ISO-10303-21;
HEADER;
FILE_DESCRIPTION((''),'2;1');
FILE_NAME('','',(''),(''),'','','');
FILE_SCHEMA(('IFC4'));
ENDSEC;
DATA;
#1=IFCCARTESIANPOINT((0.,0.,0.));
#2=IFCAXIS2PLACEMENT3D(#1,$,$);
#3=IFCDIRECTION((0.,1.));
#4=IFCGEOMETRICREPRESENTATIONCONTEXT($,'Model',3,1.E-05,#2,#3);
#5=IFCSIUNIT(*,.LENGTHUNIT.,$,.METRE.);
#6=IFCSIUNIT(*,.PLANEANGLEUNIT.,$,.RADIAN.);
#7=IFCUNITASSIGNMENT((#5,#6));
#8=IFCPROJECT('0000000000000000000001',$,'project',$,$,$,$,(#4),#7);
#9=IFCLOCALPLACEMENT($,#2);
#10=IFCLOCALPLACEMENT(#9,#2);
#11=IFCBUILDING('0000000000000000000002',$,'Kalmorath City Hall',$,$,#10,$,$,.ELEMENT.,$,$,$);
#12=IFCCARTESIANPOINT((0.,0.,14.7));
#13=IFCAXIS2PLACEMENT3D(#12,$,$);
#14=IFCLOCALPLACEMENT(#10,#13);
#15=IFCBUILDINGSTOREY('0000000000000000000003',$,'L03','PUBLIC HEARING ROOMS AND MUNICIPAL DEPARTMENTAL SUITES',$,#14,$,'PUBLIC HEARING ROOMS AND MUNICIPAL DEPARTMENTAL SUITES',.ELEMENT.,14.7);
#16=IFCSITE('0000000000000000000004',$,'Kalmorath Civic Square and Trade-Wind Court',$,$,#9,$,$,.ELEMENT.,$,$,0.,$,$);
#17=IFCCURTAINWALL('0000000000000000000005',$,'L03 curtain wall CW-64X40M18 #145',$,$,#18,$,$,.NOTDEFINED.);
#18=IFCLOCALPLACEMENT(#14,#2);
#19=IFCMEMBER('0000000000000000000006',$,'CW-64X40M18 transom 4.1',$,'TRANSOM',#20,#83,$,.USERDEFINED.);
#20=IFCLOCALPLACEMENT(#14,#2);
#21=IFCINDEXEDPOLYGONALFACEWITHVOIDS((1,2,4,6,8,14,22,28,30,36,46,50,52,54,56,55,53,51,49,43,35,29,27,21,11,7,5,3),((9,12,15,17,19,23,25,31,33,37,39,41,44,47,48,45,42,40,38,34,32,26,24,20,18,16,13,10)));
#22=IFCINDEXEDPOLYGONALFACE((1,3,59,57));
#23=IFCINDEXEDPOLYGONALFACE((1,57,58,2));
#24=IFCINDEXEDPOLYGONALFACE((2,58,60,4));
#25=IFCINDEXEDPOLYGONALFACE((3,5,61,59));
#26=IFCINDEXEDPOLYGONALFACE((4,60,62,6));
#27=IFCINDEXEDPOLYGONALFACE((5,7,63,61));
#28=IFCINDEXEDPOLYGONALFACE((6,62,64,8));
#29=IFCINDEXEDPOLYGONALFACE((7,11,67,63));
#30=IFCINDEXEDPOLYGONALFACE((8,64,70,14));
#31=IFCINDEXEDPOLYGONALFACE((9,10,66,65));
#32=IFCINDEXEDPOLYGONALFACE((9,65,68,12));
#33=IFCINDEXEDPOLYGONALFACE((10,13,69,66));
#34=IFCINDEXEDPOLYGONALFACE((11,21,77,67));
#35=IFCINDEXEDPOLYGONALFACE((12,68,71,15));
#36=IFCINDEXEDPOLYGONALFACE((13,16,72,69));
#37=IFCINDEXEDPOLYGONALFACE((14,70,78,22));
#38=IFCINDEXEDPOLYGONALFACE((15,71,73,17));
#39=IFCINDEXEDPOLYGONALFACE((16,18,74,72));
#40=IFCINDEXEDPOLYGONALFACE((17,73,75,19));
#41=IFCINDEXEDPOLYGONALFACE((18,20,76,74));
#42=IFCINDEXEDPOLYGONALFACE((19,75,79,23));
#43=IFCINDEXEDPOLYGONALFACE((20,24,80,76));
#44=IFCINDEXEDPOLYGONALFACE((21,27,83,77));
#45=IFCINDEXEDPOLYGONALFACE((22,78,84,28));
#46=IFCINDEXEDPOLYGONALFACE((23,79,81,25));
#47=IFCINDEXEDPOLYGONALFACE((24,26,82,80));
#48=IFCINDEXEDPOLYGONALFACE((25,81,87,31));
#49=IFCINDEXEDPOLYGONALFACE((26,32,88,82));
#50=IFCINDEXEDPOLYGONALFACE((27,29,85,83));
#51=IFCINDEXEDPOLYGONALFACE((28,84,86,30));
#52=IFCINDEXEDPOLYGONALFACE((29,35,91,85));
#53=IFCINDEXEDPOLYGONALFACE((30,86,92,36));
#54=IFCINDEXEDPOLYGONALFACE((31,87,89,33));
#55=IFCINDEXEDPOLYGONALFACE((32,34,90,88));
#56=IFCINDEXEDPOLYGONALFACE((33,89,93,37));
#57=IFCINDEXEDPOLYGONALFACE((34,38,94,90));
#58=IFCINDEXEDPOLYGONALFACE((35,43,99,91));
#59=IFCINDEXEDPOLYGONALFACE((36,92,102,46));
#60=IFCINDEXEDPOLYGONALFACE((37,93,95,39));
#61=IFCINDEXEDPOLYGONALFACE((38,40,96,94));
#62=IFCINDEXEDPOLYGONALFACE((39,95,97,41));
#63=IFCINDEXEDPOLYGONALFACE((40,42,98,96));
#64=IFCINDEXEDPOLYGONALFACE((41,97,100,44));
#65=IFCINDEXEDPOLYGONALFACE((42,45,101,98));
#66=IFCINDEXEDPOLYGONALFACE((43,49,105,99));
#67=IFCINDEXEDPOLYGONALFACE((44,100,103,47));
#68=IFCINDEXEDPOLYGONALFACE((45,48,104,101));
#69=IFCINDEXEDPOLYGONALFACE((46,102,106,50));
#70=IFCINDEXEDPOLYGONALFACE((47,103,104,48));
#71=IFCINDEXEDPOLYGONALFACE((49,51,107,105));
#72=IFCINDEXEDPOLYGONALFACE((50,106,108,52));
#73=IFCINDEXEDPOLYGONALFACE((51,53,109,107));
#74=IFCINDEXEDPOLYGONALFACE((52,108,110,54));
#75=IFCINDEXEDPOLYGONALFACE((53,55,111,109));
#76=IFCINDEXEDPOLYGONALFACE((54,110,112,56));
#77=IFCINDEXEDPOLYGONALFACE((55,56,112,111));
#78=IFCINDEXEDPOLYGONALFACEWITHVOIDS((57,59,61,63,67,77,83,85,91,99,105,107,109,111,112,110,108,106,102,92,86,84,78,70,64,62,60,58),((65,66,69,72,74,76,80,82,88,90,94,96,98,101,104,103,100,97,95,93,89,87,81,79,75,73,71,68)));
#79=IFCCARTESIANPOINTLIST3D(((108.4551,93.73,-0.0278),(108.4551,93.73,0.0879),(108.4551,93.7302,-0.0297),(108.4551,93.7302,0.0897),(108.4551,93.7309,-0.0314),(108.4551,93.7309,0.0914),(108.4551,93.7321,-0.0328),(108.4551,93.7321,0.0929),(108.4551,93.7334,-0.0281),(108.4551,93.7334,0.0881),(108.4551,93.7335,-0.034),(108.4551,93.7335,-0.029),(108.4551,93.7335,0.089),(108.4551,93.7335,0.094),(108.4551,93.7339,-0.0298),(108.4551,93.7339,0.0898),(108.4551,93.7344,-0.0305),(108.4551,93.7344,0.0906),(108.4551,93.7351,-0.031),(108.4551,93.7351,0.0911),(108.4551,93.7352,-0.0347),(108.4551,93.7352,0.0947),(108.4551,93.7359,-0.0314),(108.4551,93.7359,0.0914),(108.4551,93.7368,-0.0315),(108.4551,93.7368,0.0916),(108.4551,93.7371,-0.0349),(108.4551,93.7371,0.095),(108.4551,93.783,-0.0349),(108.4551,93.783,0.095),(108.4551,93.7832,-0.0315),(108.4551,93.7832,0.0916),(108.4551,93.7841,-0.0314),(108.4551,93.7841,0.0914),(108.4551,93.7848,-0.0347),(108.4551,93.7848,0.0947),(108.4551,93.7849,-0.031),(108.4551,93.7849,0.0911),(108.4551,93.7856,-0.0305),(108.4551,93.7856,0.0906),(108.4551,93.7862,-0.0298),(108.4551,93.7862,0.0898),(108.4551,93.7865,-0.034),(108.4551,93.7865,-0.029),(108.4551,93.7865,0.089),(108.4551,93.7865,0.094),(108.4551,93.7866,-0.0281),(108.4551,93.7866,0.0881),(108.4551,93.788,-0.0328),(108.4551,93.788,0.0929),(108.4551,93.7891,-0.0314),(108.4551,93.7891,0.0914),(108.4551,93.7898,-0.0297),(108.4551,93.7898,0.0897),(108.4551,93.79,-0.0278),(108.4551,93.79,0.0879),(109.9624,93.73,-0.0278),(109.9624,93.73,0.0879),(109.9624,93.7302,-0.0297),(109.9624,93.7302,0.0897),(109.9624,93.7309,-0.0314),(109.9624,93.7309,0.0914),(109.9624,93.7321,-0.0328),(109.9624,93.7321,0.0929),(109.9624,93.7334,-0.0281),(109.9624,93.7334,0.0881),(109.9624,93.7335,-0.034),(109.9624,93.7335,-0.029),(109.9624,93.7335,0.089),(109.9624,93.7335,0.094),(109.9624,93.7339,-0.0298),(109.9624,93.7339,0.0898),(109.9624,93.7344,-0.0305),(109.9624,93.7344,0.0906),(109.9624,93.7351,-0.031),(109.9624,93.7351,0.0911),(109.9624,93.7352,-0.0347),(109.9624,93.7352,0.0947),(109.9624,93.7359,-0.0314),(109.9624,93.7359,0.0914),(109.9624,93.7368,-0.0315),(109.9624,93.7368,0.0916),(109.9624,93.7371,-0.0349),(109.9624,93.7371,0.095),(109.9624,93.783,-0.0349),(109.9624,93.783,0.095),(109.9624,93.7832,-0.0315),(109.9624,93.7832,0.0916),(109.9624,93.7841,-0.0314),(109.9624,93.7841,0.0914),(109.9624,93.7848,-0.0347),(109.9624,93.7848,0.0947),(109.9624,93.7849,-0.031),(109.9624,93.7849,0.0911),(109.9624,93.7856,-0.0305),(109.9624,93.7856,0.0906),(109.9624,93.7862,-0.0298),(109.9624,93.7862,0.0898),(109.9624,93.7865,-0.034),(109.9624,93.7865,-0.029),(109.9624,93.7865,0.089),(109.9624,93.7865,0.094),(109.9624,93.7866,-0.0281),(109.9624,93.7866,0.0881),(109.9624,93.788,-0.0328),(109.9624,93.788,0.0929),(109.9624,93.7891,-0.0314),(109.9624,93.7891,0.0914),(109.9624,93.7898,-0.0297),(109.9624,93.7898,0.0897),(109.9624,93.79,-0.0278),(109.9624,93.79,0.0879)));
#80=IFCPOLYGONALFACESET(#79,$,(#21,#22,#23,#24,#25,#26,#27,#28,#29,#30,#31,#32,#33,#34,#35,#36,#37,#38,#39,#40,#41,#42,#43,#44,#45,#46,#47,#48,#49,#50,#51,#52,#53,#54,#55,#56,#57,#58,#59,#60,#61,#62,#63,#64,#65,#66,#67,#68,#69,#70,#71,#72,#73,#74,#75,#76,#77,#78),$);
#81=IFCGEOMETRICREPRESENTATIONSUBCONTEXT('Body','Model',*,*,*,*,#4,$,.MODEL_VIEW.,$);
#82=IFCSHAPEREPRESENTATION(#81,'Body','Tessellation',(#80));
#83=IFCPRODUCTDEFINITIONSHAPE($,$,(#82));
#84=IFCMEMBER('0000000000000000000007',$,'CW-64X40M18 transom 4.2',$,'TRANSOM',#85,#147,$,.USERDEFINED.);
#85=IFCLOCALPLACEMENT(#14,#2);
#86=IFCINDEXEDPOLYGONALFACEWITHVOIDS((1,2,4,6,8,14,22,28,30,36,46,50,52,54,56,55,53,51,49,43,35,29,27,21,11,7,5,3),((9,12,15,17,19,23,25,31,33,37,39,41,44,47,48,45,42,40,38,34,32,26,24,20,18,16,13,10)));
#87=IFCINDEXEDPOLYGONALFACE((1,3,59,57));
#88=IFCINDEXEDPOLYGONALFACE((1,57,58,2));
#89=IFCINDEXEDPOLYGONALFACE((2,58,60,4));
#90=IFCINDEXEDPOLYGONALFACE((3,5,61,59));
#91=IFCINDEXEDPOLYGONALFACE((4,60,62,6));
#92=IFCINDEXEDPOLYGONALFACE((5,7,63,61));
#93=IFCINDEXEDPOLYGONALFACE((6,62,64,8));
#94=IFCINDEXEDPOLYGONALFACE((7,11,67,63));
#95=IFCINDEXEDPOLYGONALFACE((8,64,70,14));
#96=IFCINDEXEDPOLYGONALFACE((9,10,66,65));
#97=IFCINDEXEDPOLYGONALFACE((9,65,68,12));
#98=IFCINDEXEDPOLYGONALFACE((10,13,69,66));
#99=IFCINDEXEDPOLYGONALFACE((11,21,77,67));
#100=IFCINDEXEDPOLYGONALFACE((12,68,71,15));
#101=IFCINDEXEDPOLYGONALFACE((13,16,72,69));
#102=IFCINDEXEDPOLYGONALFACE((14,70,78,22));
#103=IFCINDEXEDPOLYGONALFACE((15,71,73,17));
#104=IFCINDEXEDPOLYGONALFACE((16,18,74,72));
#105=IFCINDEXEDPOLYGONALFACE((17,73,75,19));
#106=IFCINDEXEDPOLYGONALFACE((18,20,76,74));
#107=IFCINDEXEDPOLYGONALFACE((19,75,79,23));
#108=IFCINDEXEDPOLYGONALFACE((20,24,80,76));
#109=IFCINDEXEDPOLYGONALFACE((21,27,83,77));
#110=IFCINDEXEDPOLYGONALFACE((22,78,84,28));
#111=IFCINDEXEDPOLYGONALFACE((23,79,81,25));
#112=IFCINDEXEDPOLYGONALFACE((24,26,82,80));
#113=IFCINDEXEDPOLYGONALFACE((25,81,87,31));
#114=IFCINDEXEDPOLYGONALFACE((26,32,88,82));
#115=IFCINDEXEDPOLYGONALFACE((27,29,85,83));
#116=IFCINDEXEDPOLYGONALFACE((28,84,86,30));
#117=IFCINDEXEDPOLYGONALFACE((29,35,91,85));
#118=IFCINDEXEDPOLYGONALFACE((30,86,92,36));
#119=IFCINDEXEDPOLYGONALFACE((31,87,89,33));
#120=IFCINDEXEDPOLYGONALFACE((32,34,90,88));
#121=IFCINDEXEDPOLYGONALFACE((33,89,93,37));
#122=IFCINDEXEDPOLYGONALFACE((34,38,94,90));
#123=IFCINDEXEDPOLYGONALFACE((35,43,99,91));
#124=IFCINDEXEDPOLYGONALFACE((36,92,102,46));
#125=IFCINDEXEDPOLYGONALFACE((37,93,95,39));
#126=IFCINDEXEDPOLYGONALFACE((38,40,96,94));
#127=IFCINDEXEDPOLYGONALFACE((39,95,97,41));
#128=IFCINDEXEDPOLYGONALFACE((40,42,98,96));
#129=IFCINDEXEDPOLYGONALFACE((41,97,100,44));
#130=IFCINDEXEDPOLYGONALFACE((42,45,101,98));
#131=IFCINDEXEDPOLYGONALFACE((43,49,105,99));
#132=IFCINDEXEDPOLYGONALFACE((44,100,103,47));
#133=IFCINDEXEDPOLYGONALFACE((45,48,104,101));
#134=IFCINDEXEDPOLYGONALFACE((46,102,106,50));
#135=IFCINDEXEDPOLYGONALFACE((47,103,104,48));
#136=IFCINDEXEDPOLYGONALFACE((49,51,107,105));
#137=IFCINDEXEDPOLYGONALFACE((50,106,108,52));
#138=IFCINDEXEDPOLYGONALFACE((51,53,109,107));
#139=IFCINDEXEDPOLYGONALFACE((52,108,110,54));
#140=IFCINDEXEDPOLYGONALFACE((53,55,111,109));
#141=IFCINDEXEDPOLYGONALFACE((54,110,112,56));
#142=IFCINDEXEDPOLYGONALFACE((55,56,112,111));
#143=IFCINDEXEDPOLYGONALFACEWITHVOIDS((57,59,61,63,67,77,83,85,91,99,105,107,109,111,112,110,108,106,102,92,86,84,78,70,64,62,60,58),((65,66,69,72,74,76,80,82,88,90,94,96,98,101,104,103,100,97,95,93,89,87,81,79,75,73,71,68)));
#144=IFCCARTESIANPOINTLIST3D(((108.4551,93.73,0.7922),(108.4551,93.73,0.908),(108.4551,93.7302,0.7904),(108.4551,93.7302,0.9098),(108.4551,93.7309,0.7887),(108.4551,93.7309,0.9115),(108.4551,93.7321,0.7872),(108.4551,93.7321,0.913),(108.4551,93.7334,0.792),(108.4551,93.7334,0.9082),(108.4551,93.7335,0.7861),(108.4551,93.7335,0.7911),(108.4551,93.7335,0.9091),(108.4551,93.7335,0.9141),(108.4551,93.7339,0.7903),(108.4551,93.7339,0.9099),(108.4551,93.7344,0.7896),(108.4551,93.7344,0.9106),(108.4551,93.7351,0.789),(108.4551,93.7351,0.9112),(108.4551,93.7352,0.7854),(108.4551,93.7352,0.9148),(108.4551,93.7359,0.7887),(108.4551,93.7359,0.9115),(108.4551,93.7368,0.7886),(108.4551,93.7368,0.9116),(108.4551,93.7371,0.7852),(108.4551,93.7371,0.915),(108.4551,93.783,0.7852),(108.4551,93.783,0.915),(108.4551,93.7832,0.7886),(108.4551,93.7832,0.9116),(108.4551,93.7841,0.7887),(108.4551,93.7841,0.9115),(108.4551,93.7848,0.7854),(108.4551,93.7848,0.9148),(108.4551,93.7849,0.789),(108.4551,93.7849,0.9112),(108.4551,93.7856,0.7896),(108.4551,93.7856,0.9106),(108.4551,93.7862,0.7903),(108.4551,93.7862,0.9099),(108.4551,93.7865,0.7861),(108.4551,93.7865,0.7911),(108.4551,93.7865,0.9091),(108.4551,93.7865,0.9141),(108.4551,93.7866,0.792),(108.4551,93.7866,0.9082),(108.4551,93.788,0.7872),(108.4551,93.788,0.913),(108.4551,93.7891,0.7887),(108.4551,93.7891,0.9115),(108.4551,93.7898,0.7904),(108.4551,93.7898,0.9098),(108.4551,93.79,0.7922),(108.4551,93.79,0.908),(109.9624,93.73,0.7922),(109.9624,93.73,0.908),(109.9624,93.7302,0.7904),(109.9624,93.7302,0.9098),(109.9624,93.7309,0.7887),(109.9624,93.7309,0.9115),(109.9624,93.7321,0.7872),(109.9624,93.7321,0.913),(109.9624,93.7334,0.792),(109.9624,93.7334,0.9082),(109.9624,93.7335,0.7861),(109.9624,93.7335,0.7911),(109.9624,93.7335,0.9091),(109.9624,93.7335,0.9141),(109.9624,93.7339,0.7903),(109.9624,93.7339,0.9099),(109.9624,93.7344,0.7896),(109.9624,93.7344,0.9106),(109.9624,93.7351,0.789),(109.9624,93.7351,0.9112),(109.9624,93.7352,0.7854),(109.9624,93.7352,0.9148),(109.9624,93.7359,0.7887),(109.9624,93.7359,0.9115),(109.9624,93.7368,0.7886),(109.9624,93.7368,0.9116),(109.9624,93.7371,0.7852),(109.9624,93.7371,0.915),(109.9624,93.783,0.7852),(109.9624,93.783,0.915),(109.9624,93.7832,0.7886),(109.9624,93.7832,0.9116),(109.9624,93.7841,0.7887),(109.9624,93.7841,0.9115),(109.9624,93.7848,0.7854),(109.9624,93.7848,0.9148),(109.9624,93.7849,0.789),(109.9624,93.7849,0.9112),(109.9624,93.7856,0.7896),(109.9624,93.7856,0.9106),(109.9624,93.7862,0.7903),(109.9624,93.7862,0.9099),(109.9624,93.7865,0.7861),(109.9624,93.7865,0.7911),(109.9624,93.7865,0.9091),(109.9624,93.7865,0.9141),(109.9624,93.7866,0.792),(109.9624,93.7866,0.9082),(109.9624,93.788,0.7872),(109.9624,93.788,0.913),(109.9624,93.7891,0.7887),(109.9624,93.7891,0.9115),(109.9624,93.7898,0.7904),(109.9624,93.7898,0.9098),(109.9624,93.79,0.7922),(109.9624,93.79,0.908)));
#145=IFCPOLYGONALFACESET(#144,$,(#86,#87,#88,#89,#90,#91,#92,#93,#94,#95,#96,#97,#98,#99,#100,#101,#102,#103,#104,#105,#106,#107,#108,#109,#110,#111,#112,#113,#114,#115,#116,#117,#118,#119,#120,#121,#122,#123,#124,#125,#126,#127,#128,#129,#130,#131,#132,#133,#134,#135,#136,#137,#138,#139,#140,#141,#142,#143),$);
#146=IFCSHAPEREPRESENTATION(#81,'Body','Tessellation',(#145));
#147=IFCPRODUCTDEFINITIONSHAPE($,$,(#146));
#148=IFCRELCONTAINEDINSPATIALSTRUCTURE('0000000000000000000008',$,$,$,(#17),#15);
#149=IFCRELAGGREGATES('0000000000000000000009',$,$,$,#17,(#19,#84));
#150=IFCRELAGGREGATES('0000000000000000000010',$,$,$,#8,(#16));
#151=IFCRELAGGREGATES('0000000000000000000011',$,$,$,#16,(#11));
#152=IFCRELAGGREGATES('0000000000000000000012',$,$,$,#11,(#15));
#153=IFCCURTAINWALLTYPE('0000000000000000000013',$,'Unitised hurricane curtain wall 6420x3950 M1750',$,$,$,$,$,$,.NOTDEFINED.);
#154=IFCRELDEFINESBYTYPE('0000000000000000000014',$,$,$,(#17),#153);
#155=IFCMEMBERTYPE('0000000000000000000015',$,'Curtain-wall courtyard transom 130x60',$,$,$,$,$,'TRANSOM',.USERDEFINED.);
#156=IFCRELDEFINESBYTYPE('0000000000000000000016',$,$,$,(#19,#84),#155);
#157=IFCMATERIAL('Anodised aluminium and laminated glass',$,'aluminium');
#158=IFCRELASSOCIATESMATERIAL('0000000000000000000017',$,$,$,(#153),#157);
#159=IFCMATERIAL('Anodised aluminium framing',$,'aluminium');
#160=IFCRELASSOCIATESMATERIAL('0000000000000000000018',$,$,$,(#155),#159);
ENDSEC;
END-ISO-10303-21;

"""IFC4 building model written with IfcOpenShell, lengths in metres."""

from ifc_helpers import new_model, si_unit, direction, frame, origin, origin_2d, place, context, subcontext, project, spatial, hollow_rectangle, extrude, material, material_profile, profile_set, type_object, element, aggregate, save


model = new_model("IFC4")

# Units and contexts
model_context = context("Model", 3, precision=1e-05, world=origin(), true_north=direction((0.0, 1.0)))
body_context = subcontext(model_context, "Body", "Model", "MODEL_VIEW")
ifc_project = project(units=[si_unit("LENGTHUNIT", "METRE"), si_unit("PLANEANGLEUNIT", "RADIAN")], contexts=[model_context])

# Site, building, storey
site_placement = place(None, origin())
site = spatial("IfcSite", under=ifc_project, at=site_placement, Name="Kalmorath Civic Square and Trade-Wind Court", CompositionType="ELEMENT", RefElevation=0.0)
building_placement = place(site_placement, origin())
building = spatial("IfcBuilding", under=site, at=building_placement, Name="Kalmorath City Hall", CompositionType="ELEMENT")
storey_placement = place(building_placement, frame((0.0, 0.0, 14.7)))
storey = spatial("IfcBuildingStorey", under=building, at=storey_placement, Name="L03", Description="PUBLIC HEARING ROOMS AND MUNICIPAL DEPARTMENTAL SUITES", LongName="PUBLIC HEARING ROOMS AND MUNICIPAL DEPARTMENTAL SUITES", CompositionType="ELEMENT", Elevation=14.7)

# Curtain wall, members
ifc_material_1 = material(Name="Anodised aluminium and laminated glass", Category="aluminium")
curtain_wall_type = type_object("IfcCurtainWallType", Name="Unitised hurricane curtain wall 6420x3950 M1750", PredefinedType="NOTDEFINED", material=ifc_material_1)
curtain_wall_placement = place(storey_placement, origin())
curtain_wall = element("IfcCurtainWall", 1, at=curtain_wall_placement, inside=storey, type_object=curtain_wall_type, Name="L03 curtain wall CW-64X40M18 #145", PredefinedType="NOTDEFINED")
ifc_material_2 = material(Name="Anodised aluminium framing", Category="aluminium")
ifc_material_profile_1 = material_profile(ifc_material_2, hollow_rectangle(XDim=0.0601, YDim=0.1299, WallThickness=0.0034, InnerFilletRadius=0.0034, OuterFilletRadius=0.0071, at=origin_2d()), Name="ALU-TRN-130X60X3.5")
ifc_profile_set_1 = profile_set([ifc_material_profile_1], Name="Anodised aluminium framing")
member_type_1 = type_object("IfcMemberType", Name="Curtain-wall courtyard transom 130x60", ElementType="TRANSOM", PredefinedType="USERDEFINED", material=ifc_profile_set_1)
member_1_placement = place(storey_placement, frame((109.9624, 93.76, 0.03), z_axis=(-1.0, 0.0, 0.0), x_axis=(0.0, -1.0, 0.0)))
member_1 = element("IfcMember", 2, at=member_1_placement, type_object=member_type_1, Name="CW-64X40M18 transom 4.1", ObjectType="TRANSOM", PredefinedType="USERDEFINED", context=body_context, shape_type="SweptSolid", body=[
    extrude(hollow_rectangle(XDim=0.0601, YDim=0.1299, WallThickness=0.0034, InnerFilletRadius=0.0034, OuterFilletRadius=0.0071, at=origin_2d()), origin(), (0.0, 0.0, 1.0), 1.5073),
])
member_2_placement = place(storey_placement, frame((109.9624, 93.76, 0.8501), z_axis=(-1.0, 0.0, 0.0), x_axis=(0.0, -1.0, 0.0)))
member_2 = element("IfcMember", 3, at=member_2_placement, type_object=member_type_1, Name="CW-64X40M18 transom 4.2", ObjectType="TRANSOM", PredefinedType="USERDEFINED", context=body_context, shape_type="SweptSolid", body=[
    extrude(hollow_rectangle(XDim=0.0601, YDim=0.1299, WallThickness=0.0034, InnerFilletRadius=0.0034, OuterFilletRadius=0.0071, at=origin_2d()), origin(), (0.0, 0.0, 1.0), 1.5073),
])
aggregate(curtain_wall, [member_1, member_2])

save(model, "model.ifc")
